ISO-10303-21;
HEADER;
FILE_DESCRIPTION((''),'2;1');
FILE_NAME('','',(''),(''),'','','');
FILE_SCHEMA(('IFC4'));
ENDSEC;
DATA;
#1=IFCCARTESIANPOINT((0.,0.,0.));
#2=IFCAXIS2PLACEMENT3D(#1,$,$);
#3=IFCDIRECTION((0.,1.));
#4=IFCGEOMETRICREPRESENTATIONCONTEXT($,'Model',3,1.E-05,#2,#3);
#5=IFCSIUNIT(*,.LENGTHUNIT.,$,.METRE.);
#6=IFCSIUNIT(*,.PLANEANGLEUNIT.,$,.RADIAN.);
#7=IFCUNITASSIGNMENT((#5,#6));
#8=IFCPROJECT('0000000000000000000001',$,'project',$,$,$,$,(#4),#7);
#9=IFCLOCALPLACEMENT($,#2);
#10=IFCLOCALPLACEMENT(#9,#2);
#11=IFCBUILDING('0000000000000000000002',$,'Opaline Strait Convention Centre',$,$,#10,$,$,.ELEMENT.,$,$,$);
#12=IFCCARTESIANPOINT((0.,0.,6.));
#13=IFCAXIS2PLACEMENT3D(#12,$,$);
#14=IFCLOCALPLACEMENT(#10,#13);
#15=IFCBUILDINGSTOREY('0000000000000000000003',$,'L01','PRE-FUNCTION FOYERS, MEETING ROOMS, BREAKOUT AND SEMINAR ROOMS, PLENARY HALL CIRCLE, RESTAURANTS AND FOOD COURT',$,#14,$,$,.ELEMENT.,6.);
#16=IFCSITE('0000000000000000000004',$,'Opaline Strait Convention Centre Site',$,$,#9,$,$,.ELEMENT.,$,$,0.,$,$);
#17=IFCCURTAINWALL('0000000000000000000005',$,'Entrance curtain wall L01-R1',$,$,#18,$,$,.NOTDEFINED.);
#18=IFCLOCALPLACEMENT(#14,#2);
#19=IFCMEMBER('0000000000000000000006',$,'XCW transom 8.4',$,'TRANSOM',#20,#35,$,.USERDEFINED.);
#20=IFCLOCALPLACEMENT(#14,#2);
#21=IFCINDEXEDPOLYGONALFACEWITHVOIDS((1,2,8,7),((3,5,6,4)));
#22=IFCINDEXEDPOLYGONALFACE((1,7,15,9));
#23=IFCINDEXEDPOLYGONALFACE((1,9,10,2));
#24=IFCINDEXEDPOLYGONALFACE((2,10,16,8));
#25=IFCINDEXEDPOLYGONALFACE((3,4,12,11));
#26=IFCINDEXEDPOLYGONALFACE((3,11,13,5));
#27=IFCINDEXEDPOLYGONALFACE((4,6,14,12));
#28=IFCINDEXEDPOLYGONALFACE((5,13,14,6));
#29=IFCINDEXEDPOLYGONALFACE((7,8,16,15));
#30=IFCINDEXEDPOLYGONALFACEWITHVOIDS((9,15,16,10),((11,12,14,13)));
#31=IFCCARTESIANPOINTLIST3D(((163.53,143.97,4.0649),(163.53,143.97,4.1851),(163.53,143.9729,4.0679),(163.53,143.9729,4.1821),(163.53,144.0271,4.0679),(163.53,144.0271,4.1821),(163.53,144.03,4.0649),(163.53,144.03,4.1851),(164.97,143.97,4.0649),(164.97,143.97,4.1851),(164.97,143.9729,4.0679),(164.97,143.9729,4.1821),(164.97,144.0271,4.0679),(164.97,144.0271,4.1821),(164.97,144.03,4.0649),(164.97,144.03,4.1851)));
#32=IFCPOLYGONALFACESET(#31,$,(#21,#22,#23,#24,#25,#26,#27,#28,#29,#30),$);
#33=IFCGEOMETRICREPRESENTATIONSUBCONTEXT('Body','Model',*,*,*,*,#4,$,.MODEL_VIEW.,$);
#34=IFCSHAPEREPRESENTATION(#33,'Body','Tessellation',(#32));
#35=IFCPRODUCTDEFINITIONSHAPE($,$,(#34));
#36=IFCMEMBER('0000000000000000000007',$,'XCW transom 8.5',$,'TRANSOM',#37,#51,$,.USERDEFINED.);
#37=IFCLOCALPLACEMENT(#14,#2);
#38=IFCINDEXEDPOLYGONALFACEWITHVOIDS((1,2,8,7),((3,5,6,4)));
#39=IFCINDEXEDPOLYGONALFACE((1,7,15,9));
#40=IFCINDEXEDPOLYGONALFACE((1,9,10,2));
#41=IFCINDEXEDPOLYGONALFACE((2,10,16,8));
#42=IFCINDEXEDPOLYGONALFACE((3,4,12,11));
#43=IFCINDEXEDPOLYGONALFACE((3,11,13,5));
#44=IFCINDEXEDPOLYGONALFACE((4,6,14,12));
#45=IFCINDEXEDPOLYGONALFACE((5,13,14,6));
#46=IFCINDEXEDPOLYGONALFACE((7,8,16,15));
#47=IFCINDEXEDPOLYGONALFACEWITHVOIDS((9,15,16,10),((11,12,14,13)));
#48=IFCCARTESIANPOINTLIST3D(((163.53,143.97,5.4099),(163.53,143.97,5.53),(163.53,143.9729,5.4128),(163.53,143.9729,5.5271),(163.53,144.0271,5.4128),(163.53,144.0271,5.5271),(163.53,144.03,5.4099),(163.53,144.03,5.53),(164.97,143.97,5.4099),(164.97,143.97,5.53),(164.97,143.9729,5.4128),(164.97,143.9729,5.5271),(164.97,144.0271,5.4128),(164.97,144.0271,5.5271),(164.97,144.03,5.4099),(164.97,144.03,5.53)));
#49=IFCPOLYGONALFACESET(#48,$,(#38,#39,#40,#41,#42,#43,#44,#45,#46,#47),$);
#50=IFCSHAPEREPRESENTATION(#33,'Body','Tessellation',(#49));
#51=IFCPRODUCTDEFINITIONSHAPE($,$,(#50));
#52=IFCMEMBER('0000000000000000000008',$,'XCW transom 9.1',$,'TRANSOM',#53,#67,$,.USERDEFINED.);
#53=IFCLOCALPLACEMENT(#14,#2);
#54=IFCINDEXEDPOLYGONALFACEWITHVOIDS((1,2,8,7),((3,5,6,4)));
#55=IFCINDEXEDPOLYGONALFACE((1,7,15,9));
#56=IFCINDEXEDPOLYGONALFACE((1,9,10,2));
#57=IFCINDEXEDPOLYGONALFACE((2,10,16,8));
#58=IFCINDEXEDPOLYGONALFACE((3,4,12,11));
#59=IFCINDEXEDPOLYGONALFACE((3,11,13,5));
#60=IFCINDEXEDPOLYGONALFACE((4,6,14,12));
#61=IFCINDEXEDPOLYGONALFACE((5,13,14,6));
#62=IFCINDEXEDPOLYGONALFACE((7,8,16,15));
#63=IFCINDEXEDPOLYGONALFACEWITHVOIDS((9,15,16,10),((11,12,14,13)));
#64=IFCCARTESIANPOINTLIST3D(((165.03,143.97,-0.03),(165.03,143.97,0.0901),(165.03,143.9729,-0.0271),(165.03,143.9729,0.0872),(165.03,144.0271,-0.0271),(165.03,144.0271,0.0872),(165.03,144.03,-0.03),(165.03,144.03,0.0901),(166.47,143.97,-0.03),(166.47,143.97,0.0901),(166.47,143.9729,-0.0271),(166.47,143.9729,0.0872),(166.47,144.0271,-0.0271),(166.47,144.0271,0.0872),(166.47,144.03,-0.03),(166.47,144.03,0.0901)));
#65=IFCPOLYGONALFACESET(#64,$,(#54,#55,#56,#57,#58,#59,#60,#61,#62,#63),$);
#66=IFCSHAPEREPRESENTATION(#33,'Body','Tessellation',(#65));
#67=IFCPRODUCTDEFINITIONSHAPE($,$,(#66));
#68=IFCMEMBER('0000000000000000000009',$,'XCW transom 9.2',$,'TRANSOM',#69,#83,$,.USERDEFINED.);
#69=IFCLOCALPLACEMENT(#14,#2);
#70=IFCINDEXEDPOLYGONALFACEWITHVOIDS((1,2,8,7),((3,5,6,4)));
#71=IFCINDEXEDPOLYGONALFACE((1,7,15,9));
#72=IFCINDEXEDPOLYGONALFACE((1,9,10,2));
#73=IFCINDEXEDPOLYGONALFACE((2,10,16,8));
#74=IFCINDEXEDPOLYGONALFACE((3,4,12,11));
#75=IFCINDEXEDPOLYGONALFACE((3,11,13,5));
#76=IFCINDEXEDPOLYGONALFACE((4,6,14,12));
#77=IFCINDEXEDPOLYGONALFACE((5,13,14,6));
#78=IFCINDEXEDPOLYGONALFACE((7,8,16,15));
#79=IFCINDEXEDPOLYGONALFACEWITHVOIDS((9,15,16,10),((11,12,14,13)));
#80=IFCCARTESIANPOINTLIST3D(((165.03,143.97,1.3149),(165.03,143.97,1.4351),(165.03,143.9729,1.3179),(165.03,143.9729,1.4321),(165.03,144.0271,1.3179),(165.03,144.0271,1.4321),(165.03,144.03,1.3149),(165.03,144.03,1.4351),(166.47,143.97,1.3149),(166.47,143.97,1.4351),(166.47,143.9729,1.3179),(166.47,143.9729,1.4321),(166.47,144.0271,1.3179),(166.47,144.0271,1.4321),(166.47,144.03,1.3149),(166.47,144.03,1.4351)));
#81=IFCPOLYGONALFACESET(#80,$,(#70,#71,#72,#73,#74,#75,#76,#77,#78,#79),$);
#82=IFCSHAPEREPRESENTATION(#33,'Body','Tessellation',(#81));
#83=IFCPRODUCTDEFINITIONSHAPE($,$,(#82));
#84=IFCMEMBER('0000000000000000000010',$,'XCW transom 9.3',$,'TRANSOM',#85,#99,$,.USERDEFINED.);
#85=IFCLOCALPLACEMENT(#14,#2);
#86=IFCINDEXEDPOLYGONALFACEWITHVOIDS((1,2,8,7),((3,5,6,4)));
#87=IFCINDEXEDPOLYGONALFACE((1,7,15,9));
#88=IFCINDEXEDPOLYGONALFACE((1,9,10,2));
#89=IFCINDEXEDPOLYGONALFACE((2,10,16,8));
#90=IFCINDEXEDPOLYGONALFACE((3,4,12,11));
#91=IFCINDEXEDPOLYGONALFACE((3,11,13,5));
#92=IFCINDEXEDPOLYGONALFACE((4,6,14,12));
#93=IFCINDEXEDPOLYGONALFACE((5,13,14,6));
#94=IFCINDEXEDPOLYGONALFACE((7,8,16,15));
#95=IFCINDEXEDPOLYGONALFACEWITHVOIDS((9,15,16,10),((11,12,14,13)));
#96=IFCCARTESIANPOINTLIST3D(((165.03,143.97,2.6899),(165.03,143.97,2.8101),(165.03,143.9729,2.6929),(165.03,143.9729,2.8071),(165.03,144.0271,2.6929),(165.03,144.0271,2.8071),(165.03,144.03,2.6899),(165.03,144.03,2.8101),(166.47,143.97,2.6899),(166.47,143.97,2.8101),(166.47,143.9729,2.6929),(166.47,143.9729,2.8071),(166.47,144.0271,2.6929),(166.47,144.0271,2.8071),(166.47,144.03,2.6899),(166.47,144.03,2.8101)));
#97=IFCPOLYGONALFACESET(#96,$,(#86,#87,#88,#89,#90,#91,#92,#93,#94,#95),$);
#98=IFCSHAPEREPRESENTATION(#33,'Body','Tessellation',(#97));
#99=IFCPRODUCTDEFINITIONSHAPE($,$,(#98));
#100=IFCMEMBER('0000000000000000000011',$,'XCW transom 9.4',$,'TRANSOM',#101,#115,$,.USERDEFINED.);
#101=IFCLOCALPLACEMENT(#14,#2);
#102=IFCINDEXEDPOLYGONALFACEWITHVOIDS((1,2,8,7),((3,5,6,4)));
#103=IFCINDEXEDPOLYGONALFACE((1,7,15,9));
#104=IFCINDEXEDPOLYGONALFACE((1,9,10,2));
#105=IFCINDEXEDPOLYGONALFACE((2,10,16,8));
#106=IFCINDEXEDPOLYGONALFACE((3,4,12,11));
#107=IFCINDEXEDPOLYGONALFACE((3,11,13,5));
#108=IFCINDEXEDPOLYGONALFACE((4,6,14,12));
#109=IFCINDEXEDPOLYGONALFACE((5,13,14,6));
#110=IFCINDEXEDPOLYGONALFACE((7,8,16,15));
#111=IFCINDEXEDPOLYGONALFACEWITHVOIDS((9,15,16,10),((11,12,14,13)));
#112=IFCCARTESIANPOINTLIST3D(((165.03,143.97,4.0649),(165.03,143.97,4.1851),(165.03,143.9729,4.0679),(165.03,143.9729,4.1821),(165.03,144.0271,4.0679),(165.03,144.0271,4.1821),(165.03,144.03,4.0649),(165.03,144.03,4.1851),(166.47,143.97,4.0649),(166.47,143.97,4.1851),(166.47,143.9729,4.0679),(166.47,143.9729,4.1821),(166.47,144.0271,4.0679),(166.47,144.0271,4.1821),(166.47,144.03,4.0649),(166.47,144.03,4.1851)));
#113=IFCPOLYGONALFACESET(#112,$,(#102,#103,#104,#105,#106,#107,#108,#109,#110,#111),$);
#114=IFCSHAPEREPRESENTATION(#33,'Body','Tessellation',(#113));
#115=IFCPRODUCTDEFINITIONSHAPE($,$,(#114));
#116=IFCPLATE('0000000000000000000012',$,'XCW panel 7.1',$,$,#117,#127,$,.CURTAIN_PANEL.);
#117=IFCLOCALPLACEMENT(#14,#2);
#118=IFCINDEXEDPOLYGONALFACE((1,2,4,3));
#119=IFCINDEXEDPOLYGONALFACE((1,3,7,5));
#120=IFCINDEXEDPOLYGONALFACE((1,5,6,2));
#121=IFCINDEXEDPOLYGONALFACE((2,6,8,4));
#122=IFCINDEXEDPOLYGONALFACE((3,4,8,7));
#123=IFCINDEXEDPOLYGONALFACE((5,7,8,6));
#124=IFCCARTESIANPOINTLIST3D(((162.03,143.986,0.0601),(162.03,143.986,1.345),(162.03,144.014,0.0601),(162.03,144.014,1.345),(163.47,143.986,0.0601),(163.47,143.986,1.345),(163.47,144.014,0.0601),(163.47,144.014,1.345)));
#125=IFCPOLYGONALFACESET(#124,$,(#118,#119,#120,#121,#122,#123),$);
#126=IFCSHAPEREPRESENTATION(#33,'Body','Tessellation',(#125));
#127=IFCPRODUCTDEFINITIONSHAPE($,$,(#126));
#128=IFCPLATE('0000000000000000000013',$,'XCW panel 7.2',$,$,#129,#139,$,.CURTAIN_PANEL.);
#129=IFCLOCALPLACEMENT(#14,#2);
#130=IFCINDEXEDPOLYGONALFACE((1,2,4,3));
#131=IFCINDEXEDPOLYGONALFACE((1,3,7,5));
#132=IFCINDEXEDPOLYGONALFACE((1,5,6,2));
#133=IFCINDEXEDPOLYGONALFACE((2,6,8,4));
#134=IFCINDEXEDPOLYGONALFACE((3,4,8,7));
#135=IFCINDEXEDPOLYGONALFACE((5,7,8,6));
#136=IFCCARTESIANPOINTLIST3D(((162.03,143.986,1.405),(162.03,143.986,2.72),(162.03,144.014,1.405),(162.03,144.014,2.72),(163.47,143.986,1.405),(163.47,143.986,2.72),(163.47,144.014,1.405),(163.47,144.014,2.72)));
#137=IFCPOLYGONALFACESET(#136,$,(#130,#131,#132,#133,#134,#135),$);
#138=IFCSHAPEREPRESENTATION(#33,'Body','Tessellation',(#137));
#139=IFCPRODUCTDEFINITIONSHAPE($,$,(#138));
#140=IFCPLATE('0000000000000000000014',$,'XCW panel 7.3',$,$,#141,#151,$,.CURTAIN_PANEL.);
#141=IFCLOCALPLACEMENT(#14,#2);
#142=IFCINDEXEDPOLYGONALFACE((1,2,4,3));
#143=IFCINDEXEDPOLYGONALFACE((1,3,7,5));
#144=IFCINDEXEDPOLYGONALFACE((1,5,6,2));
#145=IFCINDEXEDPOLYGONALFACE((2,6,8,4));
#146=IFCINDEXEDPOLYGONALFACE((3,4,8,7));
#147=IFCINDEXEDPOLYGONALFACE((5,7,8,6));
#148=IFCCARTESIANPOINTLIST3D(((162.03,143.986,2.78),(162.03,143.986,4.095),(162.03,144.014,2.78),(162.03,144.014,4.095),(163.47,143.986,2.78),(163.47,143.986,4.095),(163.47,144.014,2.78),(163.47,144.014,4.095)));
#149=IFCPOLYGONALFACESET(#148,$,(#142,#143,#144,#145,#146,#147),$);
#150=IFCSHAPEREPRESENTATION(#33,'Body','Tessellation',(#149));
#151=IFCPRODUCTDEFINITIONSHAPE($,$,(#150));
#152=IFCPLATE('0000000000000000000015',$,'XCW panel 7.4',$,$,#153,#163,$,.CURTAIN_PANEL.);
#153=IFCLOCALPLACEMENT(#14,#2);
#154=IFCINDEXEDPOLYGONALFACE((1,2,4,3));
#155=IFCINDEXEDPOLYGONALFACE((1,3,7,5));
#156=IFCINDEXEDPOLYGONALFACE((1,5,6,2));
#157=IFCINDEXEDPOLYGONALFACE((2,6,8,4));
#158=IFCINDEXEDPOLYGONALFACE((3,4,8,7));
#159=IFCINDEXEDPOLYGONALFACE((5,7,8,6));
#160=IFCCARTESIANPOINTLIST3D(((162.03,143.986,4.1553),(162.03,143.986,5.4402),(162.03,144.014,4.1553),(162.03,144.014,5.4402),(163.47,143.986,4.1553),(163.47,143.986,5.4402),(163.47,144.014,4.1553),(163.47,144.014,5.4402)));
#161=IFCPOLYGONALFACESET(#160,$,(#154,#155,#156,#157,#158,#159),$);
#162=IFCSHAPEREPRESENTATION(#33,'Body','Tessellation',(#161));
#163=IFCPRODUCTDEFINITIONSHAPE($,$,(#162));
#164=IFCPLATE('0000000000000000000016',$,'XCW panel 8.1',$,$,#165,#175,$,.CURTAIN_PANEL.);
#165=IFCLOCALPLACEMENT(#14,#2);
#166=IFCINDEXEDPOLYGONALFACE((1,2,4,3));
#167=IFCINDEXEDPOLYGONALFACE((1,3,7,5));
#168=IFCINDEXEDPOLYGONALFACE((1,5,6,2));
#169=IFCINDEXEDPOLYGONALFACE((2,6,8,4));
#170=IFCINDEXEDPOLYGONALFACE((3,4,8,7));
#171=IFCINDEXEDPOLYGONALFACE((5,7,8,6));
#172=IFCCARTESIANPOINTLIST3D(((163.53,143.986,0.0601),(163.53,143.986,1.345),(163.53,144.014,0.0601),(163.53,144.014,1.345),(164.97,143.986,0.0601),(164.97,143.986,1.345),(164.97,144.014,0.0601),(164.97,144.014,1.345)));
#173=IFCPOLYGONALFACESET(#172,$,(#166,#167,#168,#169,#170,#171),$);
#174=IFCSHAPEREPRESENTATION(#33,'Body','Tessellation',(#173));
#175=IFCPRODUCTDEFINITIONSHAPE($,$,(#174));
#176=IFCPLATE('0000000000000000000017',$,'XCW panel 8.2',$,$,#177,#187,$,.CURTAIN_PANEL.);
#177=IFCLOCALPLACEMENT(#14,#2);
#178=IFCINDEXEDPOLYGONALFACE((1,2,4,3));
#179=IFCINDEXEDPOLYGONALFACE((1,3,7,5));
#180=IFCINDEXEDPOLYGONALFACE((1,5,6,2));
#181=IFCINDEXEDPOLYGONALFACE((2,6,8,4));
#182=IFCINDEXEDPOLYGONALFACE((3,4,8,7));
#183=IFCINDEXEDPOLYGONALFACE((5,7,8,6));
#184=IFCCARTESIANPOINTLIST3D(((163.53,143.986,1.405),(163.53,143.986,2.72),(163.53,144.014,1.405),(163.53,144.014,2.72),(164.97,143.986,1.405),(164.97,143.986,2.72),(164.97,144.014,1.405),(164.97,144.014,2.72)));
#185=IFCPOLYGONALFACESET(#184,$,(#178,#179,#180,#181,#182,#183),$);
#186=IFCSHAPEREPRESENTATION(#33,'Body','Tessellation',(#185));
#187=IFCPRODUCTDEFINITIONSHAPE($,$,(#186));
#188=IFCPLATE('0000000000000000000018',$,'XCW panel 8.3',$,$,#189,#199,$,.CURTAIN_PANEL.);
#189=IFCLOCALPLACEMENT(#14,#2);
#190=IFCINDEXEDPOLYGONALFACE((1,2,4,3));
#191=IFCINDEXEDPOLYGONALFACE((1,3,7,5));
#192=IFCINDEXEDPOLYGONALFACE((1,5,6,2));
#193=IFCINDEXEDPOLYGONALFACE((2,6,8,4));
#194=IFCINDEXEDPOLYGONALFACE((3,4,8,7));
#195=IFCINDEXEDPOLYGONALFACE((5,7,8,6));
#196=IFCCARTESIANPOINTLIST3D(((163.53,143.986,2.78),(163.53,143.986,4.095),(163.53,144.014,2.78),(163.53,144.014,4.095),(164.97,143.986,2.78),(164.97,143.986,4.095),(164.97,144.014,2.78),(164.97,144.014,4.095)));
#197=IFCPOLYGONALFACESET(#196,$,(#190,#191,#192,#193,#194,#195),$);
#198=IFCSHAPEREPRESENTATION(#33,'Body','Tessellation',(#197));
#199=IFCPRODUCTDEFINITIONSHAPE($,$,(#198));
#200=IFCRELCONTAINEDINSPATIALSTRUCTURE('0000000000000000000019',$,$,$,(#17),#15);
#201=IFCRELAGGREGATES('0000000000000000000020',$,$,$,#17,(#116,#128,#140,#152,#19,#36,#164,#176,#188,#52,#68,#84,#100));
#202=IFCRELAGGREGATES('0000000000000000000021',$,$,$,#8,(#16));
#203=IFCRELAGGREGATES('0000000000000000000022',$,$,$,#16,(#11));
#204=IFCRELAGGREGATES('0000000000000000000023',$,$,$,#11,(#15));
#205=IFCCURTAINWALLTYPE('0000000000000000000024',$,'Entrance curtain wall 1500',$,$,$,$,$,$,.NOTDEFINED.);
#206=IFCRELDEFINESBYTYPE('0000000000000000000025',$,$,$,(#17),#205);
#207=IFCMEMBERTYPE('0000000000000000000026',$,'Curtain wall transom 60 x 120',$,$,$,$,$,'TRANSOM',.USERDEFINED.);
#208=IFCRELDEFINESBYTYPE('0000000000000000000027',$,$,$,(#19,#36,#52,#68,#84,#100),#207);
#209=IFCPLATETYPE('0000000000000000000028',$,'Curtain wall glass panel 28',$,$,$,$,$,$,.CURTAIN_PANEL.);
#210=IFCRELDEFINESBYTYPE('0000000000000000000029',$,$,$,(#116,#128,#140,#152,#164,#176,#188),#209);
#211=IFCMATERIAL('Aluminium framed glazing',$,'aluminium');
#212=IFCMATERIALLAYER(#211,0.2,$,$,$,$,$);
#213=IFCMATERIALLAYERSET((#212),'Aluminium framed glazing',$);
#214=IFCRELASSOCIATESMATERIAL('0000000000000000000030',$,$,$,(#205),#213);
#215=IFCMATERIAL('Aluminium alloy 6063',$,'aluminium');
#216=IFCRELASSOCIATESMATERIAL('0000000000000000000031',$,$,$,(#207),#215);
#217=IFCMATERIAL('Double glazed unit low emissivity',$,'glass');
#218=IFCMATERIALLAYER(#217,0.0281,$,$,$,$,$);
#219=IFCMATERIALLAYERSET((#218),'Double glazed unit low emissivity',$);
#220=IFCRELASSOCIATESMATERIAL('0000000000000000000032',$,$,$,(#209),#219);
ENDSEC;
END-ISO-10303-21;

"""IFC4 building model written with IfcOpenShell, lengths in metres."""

from ifc_helpers import new_model, si_unit, direction, frame, origin, origin_2d, place, context, subcontext, project, spatial, rectangle, hollow_rectangle, extrude, material, layer, layer_set, material_profile, profile_set, type_object, element, aggregate, save


model = new_model("IFC4")

# Units and contexts
model_context = context("Model", 3, precision=1e-05, world=origin(), true_north=direction((0.0, 1.0)))
body_context = subcontext(model_context, "Body", "Model", "MODEL_VIEW")
ifc_project = project(units=[si_unit("LENGTHUNIT", "METRE"), si_unit("PLANEANGLEUNIT", "RADIAN")], contexts=[model_context])

# Site, building, storey
site_placement = place(None, origin())
site = spatial("IfcSite", under=ifc_project, at=site_placement, Name="Opaline Strait Convention Centre Site", CompositionType="ELEMENT", RefElevation=0.0)
building_placement = place(site_placement, origin())
building = spatial("IfcBuilding", under=site, at=building_placement, Name="Opaline Strait Convention Centre", CompositionType="ELEMENT")
storey_placement = place(building_placement, frame((0.0, 0.0, 6.0)))
storey = spatial("IfcBuildingStorey", under=building, at=storey_placement, Name="L01", Description="PRE-FUNCTION FOYERS, MEETING ROOMS, BREAKOUT AND SEMINAR ROOMS, PLENARY HALL CIRCLE, RESTAURANTS AND FOOD COURT", CompositionType="ELEMENT", Elevation=6.0)

# Curtain wall, members, plates
ifc_material_1 = material(Name="Aluminium framed glazing", Category="aluminium")
ifc_layer_1 = layer(ifc_material_1, 0.2)
ifc_layer_set_1 = layer_set([ifc_layer_1], Name="Aluminium framed glazing")
curtain_wall_type = type_object("IfcCurtainWallType", Name="Entrance curtain wall 1500", PredefinedType="NOTDEFINED", material=ifc_layer_set_1)
curtain_wall_placement = place(storey_placement, origin())
curtain_wall = element("IfcCurtainWall", 1, at=curtain_wall_placement, inside=storey, type_object=curtain_wall_type, Name="Entrance curtain wall L01-R1", PredefinedType="NOTDEFINED")
ifc_material_2 = material(Name="Aluminium alloy 6063", Category="aluminium")
ifc_material_profile_1 = material_profile(ifc_material_2, hollow_rectangle(XDim=0.0601, YDim=0.1201, WallThickness=0.0029, at=origin_2d()), Name="TRANSOM 60x120x3")
ifc_profile_set_1 = profile_set([ifc_material_profile_1], Name="Aluminium alloy 6063")
member_type_1 = type_object("IfcMemberType", Name="Curtain wall transom 60 x 120", ElementType="TRANSOM", PredefinedType="USERDEFINED", material=ifc_profile_set_1)
member_1_placement = place(storey_placement, frame((163.53, 144.0, 4.125), z_axis=(1.0, 0.0, 0.0), x_axis=(0.0, 1.0, 0.0)))
member_1 = element("IfcMember", 2, at=member_1_placement, type_object=member_type_1, Name="XCW transom 8.4", ObjectType="TRANSOM", PredefinedType="USERDEFINED", context=body_context, shape_type="SweptSolid", body=[
    extrude(hollow_rectangle(XDim=0.0601, YDim=0.1201, WallThickness=0.0029, at=origin_2d()), origin(), (0.0, 0.0, 1.0), 1.4399),
])
member_2_placement = place(storey_placement, frame((163.53, 144.0, 5.47), z_axis=(1.0, 0.0, 0.0), x_axis=(0.0, 1.0, 0.0)))
member_2 = element("IfcMember", 3, at=member_2_placement, type_object=member_type_1, Name="XCW transom 8.5", ObjectType="TRANSOM", PredefinedType="USERDEFINED", context=body_context, shape_type="SweptSolid", body=[
    extrude(hollow_rectangle(XDim=0.0601, YDim=0.1201, WallThickness=0.0029, at=origin_2d()), origin(), (0.0, 0.0, 1.0), 1.4399),
])
member_3_placement = place(storey_placement, frame((165.03, 144.0, 0.03), z_axis=(1.0, 0.0, 0.0), x_axis=(0.0, 1.0, 0.0)))
member_3 = element("IfcMember", 4, at=member_3_placement, type_object=member_type_1, Name="XCW transom 9.1", ObjectType="TRANSOM", PredefinedType="USERDEFINED", context=body_context, shape_type="SweptSolid", body=[
    extrude(hollow_rectangle(XDim=0.0601, YDim=0.1201, WallThickness=0.0029, at=origin_2d()), origin(), (0.0, 0.0, 1.0), 1.4399),
])
member_4_placement = place(storey_placement, frame((165.03, 144.0, 1.375), z_axis=(1.0, 0.0, 0.0), x_axis=(0.0, 1.0, 0.0)))
member_4 = element("IfcMember", 5, at=member_4_placement, type_object=member_type_1, Name="XCW transom 9.2", ObjectType="TRANSOM", PredefinedType="USERDEFINED", context=body_context, shape_type="SweptSolid", body=[
    extrude(hollow_rectangle(XDim=0.0601, YDim=0.1201, WallThickness=0.0029, at=origin_2d()), origin(), (0.0, 0.0, 1.0), 1.4399),
])
member_5_placement = place(storey_placement, frame((165.03, 144.0, 2.75), z_axis=(1.0, 0.0, 0.0), x_axis=(0.0, 1.0, 0.0)))
member_5 = element("IfcMember", 6, at=member_5_placement, type_object=member_type_1, Name="XCW transom 9.3", ObjectType="TRANSOM", PredefinedType="USERDEFINED", context=body_context, shape_type="SweptSolid", body=[
    extrude(hollow_rectangle(XDim=0.0601, YDim=0.1201, WallThickness=0.0029, at=origin_2d()), origin(), (0.0, 0.0, 1.0), 1.4399),
])
member_6_placement = place(storey_placement, frame((165.03, 144.0, 4.125), z_axis=(1.0, 0.0, 0.0), x_axis=(0.0, 1.0, 0.0)))
member_6 = element("IfcMember", 7, at=member_6_placement, type_object=member_type_1, Name="XCW transom 9.4", ObjectType="TRANSOM", PredefinedType="USERDEFINED", context=body_context, shape_type="SweptSolid", body=[
    extrude(hollow_rectangle(XDim=0.0601, YDim=0.1201, WallThickness=0.0029, at=origin_2d()), origin(), (0.0, 0.0, 1.0), 1.4399),
])
ifc_material_3 = material(Name="Double glazed unit low emissivity", Category="glass")
ifc_layer_2 = layer(ifc_material_3, 0.0281)
ifc_layer_set_2 = layer_set([ifc_layer_2], Name="Double glazed unit low emissivity")
plate_type = type_object("IfcPlateType", Name="Curtain wall glass panel 28", PredefinedType="CURTAIN_PANEL", material=ifc_layer_set_2)
plate_1_placement = place(storey_placement, frame((162.75, 144.0, 0.0601), z_axis=(0.0, 0.0, 1.0), x_axis=(1.0, 0.0, 0.0)))
plate_1 = element("IfcPlate", 8, at=plate_1_placement, type_object=plate_type, Name="XCW panel 7.1", PredefinedType="CURTAIN_PANEL", context=body_context, shape_type="SweptSolid", body=[
    extrude(rectangle(XDim=1.4399, YDim=0.0281, at=origin_2d()), origin(), (0.0, 0.0, 1.0), 1.2849),
])
plate_2_placement = place(storey_placement, frame((162.75, 144.0, 1.405), z_axis=(0.0, 0.0, 1.0), x_axis=(1.0, 0.0, 0.0)))
plate_2 = element("IfcPlate", 9, at=plate_2_placement, type_object=plate_type, Name="XCW panel 7.2", PredefinedType="CURTAIN_PANEL", context=body_context, shape_type="SweptSolid", body=[
    extrude(rectangle(XDim=1.4399, YDim=0.0281, at=origin_2d()), origin(), (0.0, 0.0, 1.0), 1.3149),
])
plate_3_placement = place(storey_placement, frame((162.75, 144.0, 2.78), z_axis=(0.0, 0.0, 1.0), x_axis=(1.0, 0.0, 0.0)))
plate_3 = element("IfcPlate", 10, at=plate_3_placement, type_object=plate_type, Name="XCW panel 7.3", PredefinedType="CURTAIN_PANEL", context=body_context, shape_type="SweptSolid", body=[
    extrude(rectangle(XDim=1.4399, YDim=0.0281, at=origin_2d()), origin(), (0.0, 0.0, 1.0), 1.3149),
])
plate_4_placement = place(storey_placement, frame((162.75, 144.0, 4.1553), z_axis=(0.0, 0.0, 1.0), x_axis=(1.0, 0.0, 0.0)))
plate_4 = element("IfcPlate", 11, at=plate_4_placement, type_object=plate_type, Name="XCW panel 7.4", PredefinedType="CURTAIN_PANEL", context=body_context, shape_type="SweptSolid", body=[
    extrude(rectangle(XDim=1.4399, YDim=0.0281, at=origin_2d()), origin(), (0.0, 0.0, 1.0), 1.2849),
])
plate_5_placement = place(storey_placement, frame((164.25, 144.0, 0.0601), z_axis=(0.0, 0.0, 1.0), x_axis=(1.0, 0.0, 0.0)))
plate_5 = element("IfcPlate", 12, at=plate_5_placement, type_object=plate_type, Name="XCW panel 8.1", PredefinedType="CURTAIN_PANEL", context=body_context, shape_type="SweptSolid", body=[
    extrude(rectangle(XDim=1.4399, YDim=0.0281, at=origin_2d()), origin(), (0.0, 0.0, 1.0), 1.2849),
])
plate_6_placement = place(storey_placement, frame((164.25, 144.0, 1.405), z_axis=(0.0, 0.0, 1.0), x_axis=(1.0, 0.0, 0.0)))
plate_6 = element("IfcPlate", 13, at=plate_6_placement, type_object=plate_type, Name="XCW panel 8.2", PredefinedType="CURTAIN_PANEL", context=body_context, shape_type="SweptSolid", body=[
    extrude(rectangle(XDim=1.4399, YDim=0.0281, at=origin_2d()), origin(), (0.0, 0.0, 1.0), 1.3149),
])
plate_7_placement = place(storey_placement, frame((164.25, 144.0, 2.78), z_axis=(0.0, 0.0, 1.0), x_axis=(1.0, 0.0, 0.0)))
plate_7 = element("IfcPlate", 14, at=plate_7_placement, type_object=plate_type, Name="XCW panel 8.3", PredefinedType="CURTAIN_PANEL", context=body_context, shape_type="SweptSolid", body=[
    extrude(rectangle(XDim=1.4399, YDim=0.0281, at=origin_2d()), origin(), (0.0, 0.0, 1.0), 1.3149),
])
aggregate(curtain_wall, [plate_1, plate_2, plate_3, plate_4, member_1, member_2, plate_5, plate_6, plate_7, member_3, member_4, member_5, member_6])

save(model, "model.ifc")
